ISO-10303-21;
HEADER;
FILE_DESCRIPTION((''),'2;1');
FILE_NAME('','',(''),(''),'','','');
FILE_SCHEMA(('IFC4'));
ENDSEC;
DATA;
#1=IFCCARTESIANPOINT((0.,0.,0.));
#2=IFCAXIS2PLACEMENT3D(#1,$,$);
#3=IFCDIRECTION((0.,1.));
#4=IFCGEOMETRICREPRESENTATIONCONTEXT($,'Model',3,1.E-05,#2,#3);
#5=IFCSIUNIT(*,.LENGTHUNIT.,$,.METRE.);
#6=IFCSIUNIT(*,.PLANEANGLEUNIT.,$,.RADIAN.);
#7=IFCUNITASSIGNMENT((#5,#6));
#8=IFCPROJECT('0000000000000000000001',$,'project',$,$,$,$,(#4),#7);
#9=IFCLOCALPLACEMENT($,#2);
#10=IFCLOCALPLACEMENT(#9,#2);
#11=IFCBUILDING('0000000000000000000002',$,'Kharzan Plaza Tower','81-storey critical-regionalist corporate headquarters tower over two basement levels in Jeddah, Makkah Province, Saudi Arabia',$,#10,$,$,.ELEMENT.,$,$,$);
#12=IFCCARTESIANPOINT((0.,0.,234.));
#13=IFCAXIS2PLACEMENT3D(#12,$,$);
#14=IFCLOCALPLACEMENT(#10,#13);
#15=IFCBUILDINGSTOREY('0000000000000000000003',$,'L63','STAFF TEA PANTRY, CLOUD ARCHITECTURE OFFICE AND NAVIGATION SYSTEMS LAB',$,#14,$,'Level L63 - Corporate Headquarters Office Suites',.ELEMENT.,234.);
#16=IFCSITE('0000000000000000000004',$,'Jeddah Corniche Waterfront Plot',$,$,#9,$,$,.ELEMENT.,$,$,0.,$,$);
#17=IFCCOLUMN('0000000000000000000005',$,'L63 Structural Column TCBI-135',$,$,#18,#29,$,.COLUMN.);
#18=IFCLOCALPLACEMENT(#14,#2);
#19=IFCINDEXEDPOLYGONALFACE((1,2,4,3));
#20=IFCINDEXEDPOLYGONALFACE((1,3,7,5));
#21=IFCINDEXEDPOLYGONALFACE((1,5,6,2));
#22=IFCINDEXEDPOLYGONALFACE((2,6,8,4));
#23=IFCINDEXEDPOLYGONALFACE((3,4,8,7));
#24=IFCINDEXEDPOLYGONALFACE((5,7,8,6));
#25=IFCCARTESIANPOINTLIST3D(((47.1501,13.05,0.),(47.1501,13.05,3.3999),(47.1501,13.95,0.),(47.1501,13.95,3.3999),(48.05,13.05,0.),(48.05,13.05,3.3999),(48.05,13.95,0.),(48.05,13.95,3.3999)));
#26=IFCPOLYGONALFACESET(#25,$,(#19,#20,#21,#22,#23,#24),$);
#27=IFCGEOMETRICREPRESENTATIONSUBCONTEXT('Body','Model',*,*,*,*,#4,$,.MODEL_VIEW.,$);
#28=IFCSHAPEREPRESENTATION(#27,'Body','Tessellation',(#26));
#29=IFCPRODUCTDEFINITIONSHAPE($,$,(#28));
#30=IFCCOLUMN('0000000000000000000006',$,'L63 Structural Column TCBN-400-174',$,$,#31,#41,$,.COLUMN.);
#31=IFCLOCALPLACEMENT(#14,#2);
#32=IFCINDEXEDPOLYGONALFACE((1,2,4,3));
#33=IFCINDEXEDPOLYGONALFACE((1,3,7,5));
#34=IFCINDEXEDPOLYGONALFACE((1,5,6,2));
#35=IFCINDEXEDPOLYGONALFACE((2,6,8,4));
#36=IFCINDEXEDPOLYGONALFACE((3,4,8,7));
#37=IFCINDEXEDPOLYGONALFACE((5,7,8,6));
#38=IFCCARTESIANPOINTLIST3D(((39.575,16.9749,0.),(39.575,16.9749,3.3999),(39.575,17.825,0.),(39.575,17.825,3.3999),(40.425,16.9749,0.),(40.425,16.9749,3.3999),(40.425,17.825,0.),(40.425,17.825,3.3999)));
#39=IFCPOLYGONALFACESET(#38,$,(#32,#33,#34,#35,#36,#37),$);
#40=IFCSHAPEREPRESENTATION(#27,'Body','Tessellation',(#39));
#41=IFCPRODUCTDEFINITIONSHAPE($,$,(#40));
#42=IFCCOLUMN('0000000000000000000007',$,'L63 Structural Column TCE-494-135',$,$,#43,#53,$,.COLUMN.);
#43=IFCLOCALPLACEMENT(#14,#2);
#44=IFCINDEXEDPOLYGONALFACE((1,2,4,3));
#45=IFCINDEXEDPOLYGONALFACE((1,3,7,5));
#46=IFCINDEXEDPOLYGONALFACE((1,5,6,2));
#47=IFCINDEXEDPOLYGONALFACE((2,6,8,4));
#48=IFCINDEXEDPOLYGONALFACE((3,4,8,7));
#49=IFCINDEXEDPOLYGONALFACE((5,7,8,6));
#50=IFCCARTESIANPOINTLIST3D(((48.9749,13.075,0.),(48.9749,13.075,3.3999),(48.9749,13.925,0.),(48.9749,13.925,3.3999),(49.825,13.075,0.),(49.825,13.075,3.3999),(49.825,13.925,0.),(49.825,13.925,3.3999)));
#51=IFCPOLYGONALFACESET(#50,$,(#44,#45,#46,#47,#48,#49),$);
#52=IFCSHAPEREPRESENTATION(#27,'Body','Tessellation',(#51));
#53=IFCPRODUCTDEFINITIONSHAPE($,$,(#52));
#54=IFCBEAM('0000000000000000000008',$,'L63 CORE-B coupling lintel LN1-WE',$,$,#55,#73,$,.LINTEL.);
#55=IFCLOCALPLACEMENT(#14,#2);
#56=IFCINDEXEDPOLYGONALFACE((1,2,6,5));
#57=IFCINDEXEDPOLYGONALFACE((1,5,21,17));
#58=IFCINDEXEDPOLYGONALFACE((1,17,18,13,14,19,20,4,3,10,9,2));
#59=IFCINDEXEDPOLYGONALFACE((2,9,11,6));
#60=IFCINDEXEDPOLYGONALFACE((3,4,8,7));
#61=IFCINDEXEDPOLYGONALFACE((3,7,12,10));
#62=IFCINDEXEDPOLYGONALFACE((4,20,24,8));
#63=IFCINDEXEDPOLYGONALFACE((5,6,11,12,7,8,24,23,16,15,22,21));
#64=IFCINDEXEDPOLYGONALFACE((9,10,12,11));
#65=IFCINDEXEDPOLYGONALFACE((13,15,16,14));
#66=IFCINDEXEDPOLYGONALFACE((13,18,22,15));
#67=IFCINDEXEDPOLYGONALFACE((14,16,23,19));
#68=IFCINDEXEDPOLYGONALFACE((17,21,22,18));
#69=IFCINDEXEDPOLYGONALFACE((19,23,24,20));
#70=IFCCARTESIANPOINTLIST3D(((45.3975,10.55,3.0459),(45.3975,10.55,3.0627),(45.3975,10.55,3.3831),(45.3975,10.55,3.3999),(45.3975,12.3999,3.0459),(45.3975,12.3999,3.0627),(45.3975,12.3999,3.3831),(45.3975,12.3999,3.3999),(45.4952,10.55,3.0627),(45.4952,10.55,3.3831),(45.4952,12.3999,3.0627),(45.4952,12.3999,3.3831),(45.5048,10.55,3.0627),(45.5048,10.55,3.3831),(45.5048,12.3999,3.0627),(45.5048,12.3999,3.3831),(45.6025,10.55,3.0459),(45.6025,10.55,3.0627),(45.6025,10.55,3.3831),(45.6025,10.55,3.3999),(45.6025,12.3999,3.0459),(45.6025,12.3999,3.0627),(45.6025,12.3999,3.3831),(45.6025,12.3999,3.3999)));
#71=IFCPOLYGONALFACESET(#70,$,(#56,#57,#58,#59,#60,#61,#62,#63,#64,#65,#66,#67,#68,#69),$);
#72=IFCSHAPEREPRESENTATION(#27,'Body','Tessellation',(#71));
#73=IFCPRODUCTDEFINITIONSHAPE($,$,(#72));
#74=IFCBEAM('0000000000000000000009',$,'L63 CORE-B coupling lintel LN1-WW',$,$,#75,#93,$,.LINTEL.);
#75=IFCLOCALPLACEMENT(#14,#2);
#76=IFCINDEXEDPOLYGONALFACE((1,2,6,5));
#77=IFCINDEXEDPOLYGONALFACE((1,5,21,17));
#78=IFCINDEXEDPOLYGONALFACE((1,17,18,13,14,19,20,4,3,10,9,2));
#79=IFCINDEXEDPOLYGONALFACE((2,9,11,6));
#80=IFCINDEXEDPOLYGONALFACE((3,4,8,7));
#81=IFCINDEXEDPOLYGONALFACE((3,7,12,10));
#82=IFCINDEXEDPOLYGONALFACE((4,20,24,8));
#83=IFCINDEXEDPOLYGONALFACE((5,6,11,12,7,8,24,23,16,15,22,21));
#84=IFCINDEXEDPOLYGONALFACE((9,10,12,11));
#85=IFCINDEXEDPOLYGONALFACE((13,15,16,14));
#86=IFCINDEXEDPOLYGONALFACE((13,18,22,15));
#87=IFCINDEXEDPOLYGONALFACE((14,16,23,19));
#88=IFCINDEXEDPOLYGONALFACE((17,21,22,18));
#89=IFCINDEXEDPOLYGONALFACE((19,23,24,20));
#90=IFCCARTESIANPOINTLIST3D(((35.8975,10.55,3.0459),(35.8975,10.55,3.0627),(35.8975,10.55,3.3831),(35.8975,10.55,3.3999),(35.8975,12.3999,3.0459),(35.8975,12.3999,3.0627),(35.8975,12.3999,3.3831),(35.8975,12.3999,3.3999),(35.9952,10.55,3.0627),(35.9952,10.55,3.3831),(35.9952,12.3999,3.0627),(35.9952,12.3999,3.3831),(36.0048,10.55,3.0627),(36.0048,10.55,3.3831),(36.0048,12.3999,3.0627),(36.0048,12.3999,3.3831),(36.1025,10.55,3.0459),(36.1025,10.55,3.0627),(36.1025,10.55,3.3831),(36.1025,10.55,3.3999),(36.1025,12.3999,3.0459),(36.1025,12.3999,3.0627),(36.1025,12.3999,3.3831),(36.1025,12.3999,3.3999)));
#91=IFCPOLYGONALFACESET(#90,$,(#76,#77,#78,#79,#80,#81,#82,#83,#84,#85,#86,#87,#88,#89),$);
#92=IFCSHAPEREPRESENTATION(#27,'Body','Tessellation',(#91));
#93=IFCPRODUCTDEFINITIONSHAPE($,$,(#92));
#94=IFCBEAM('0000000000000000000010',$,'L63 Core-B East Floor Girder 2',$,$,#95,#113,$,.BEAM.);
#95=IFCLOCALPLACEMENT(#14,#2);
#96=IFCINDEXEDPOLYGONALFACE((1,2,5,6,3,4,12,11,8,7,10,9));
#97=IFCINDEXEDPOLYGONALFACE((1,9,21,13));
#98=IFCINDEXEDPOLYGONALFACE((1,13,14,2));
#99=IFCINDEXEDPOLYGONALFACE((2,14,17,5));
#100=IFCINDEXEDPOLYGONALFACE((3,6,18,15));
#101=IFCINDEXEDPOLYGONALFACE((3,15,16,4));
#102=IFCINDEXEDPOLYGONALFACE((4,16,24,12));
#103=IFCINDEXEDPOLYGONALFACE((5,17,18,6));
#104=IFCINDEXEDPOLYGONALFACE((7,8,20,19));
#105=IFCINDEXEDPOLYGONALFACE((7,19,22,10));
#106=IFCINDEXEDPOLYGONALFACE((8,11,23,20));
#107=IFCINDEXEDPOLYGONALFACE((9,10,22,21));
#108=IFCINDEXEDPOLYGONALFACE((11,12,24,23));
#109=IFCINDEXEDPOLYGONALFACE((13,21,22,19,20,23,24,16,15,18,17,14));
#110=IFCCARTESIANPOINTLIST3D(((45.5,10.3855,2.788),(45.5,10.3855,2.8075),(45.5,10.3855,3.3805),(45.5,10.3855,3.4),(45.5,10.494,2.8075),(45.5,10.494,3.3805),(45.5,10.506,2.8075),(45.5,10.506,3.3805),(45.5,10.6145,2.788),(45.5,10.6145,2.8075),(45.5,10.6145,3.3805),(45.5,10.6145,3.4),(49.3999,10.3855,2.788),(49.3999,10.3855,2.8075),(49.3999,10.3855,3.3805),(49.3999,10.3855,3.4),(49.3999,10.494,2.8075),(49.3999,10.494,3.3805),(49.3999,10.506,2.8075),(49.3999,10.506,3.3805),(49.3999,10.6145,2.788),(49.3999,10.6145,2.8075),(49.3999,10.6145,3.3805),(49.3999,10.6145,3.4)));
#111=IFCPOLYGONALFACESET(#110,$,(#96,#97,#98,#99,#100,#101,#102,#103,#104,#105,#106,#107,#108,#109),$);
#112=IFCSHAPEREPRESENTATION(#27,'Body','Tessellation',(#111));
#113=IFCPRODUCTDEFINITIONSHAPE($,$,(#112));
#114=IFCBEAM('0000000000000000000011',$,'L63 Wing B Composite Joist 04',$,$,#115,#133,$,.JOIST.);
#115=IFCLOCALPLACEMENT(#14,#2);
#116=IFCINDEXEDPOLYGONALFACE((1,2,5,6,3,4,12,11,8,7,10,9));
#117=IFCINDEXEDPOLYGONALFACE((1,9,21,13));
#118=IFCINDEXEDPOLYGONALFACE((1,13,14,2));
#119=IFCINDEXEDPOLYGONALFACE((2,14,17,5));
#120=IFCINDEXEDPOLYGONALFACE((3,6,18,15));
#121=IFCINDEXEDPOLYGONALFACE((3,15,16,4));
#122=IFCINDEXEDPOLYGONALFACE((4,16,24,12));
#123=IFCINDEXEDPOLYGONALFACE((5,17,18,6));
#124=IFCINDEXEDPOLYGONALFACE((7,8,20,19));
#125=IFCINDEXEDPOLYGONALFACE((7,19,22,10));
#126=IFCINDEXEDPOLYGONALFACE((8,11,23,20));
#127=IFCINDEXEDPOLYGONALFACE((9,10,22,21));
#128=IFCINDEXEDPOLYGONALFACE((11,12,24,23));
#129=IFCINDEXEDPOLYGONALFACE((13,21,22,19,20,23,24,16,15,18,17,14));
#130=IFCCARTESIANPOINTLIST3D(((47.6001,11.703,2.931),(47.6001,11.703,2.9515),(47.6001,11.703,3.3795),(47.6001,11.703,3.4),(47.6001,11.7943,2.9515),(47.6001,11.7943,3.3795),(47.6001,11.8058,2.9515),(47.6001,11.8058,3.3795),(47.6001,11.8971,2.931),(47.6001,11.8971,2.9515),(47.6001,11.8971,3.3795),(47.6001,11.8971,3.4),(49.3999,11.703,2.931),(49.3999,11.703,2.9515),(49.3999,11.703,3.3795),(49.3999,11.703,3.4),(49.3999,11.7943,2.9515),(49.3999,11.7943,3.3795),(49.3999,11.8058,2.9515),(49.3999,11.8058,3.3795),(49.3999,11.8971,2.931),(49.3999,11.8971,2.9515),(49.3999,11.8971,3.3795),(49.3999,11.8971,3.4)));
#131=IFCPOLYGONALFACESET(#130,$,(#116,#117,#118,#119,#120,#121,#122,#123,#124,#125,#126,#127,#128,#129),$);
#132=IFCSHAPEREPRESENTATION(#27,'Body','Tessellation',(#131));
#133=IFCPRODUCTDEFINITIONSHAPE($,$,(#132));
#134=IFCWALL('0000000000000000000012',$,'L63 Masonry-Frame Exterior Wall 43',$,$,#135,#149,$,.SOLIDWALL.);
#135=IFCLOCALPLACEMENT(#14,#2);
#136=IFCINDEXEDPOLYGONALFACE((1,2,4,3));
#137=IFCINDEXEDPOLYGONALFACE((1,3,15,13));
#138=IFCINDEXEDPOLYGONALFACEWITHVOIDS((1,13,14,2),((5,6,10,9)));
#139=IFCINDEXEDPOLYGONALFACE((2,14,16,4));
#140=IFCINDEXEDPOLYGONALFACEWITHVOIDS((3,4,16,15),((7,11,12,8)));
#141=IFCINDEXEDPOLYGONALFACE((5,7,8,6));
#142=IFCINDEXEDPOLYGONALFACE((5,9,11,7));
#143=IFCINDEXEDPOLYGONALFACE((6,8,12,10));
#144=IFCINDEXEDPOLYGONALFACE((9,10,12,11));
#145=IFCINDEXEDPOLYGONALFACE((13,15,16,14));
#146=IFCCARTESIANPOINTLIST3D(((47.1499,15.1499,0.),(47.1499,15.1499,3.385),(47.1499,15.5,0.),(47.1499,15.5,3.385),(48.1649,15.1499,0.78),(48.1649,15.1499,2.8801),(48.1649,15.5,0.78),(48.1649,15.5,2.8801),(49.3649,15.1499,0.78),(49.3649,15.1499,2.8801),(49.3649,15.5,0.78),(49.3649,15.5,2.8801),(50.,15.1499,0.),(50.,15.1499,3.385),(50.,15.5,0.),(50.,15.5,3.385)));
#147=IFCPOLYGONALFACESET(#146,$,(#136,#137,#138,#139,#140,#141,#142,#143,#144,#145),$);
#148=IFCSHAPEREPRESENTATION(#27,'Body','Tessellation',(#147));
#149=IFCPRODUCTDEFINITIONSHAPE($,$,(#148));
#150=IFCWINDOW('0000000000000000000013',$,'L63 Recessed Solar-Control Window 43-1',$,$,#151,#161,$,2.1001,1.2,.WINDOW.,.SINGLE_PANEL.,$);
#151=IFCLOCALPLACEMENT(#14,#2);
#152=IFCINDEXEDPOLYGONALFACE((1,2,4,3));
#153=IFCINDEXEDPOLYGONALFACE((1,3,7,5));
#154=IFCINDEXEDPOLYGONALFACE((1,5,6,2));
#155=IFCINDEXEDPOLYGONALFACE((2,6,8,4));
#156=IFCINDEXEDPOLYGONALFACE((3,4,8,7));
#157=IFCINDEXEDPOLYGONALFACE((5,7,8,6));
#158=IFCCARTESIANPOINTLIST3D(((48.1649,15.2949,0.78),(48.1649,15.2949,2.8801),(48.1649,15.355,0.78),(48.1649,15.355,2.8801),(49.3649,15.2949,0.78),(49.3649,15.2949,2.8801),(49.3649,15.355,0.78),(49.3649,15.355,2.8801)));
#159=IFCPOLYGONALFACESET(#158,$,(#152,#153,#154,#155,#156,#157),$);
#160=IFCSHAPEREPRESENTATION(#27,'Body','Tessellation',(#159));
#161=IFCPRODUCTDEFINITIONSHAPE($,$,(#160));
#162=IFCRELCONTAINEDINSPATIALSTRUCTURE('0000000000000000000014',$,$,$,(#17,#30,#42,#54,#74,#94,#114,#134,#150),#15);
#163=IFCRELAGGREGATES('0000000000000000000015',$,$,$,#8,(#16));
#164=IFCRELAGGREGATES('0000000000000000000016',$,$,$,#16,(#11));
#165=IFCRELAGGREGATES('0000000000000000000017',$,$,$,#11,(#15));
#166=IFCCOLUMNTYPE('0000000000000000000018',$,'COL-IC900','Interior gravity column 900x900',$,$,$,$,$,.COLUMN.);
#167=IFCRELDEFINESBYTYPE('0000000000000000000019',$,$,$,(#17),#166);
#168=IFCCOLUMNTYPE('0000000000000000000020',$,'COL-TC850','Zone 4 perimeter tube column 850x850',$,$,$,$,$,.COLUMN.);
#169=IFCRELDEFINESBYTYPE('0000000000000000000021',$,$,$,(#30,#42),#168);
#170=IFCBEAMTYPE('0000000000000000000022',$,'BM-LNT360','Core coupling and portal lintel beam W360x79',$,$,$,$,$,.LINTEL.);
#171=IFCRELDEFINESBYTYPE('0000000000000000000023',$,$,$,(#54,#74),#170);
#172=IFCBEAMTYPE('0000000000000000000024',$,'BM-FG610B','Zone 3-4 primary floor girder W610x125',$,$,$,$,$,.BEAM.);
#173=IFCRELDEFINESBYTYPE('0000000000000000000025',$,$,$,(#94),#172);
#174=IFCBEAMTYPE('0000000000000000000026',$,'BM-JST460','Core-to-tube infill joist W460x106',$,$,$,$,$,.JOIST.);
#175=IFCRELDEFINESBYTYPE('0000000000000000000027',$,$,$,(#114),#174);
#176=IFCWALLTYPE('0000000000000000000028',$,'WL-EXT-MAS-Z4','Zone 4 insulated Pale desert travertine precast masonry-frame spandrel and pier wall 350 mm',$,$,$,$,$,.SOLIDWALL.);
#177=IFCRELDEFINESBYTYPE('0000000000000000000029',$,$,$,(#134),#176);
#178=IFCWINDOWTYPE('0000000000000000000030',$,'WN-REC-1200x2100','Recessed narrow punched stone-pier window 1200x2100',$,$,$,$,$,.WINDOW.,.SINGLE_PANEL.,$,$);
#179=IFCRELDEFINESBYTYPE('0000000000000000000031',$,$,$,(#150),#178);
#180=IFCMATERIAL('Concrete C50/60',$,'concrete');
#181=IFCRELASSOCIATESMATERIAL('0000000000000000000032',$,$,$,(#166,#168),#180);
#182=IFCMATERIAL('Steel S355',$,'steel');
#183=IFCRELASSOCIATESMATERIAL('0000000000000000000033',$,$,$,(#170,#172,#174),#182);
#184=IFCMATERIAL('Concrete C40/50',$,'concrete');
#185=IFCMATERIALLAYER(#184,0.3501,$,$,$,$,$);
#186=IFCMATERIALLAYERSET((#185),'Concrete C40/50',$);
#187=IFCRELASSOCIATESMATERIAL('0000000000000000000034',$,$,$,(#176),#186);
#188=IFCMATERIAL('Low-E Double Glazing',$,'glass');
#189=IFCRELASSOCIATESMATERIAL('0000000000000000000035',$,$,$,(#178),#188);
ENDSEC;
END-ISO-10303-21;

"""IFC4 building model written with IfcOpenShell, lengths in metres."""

from ifc_helpers import new_model, si_unit, direction, frame, frame_2d, origin, origin_2d, place, context, subcontext, project, spatial, rectangle, i_section, extrude, source, transform, mapped, material, layer, layer_set, material_profile, profile_set, type_object, element, fill, save


model = new_model("IFC4")

# Units and contexts
model_context = context("Model", 3, precision=1e-05, world=origin(), true_north=direction((0.0, 1.0)))
body_context = subcontext(model_context, "Body", "Model", "MODEL_VIEW")
ifc_project = project(units=[si_unit("LENGTHUNIT", "METRE"), si_unit("PLANEANGLEUNIT", "RADIAN")], contexts=[model_context])

# Site, building, storey
site_placement = place(None, origin())
site = spatial("IfcSite", under=ifc_project, at=site_placement, Name="Jeddah Corniche Waterfront Plot", CompositionType="ELEMENT", RefElevation=0.0)
building_placement = place(site_placement, origin())
building = spatial("IfcBuilding", under=site, at=building_placement, Name="Kharzan Plaza Tower", Description="81-storey critical-regionalist corporate headquarters tower over two basement levels in Jeddah, Makkah Province, Saudi Arabia", CompositionType="ELEMENT")
storey_placement = place(building_placement, frame((0.0, 0.0, 234.0)))
storey = spatial("IfcBuildingStorey", under=building, at=storey_placement, Name="L63", Description="STAFF TEA PANTRY, CLOUD ARCHITECTURE OFFICE AND NAVIGATION SYSTEMS LAB", LongName="Level L63 - Corporate Headquarters Office Suites", CompositionType="ELEMENT", Elevation=234.0)

# Columns
ifc_material_1 = material(Name="Concrete C50/60", Category="concrete")
ifc_material_profile_1 = material_profile(ifc_material_1, rectangle(XDim=0.8999, YDim=0.8999, at=origin_2d()), Name="RC-IC900x900")
ifc_profile_set_1 = profile_set([ifc_material_profile_1], Name="Concrete C50/60")
column_type_1 = type_object("IfcColumnType", Name="COL-IC900", Description="Interior gravity column 900x900", PredefinedType="COLUMN", material=ifc_profile_set_1)
shared_shape_1 = source(origin(), body_context, "Body", "SweptSolid", [
    extrude(rectangle(XDim=0.8999, YDim=0.8999, at=origin_2d()), origin(), (0.0, 0.0, 1.0), 3.3999),
])
column_placement = place(storey_placement, frame((47.6001, 13.5, 0.0), z_axis=(0.0, 0.0, 1.0), x_axis=(1.0, 0.0, 0.0)))
element("IfcColumn", 1, at=column_placement, inside=storey, type_object=column_type_1, Name="L63 Structural Column TCBI-135", PredefinedType="COLUMN", context=body_context, shape_type="MappedRepresentation", body=[
    mapped(shared_shape_1, transform((0.0, 0.0, 0.0), x_axis=(1.0, 0.0, 0.0), y_axis=(0.0, 1.0, 0.0), z_axis=(0.0, 0.0, 1.0))),
])
ifc_material_profile_2 = material_profile(ifc_material_1, rectangle(XDim=0.8501, YDim=0.8501, at=origin_2d()), Name="RC-TC850x850")
ifc_profile_set_2 = profile_set([ifc_material_profile_2], Name="Concrete C50/60")
column_type_2 = type_object("IfcColumnType", Name="COL-TC850", Description="Zone 4 perimeter tube column 850x850", PredefinedType="COLUMN", material=ifc_profile_set_2)
shared_shape_2 = source(origin(), body_context, "Body", "SweptSolid", [
    extrude(rectangle(XDim=0.8501, YDim=0.8501, at=origin_2d()), origin(), (0.0, 0.0, 1.0), 3.3999),
])
for number, where, z_axis, x_axis, name in (
    (2, (40.0, 17.3999, 0.0), (0.0, 0.0, 1.0), (1.0, 0.0, 0.0), "L63 Structural Column TCBN-400-174"),
    (3, (49.3999, 13.5, 0.0), (0.0, 0.0, 1.0), (1.0, 0.0, 0.0), "L63 Structural Column TCE-494-135"),
):
    element("IfcColumn", number, at=place(storey_placement, frame(where, z_axis=z_axis, x_axis=x_axis)), inside=storey, type_object=column_type_2, Name=name, PredefinedType="COLUMN", context=body_context, shape_type="MappedRepresentation", body=[
        mapped(shared_shape_2, transform((0.0, 0.0, 0.0), x_axis=(1.0, 0.0, 0.0), y_axis=(0.0, 1.0, 0.0), z_axis=(0.0, 0.0, 1.0))),
    ])

# Beams
ifc_material_2 = material(Name="Steel S355", Category="steel")
ifc_material_profile_3 = material_profile(ifc_material_2, i_section(OverallWidth=0.2051, OverallDepth=0.354, WebThickness=0.0095, FlangeThickness=0.0168, at=origin_2d()), Name="W360x79")
ifc_profile_set_3 = profile_set([ifc_material_profile_3], Name="Steel S355")
beam_type_1 = type_object("IfcBeamType", Name="BM-LNT360", Description="Core coupling and portal lintel beam W360x79", PredefinedType="LINTEL", material=ifc_profile_set_3)
shared_shape_3 = source(origin(), body_context, "Body", "SweptSolid", [
    extrude(i_section(OverallWidth=0.2051, OverallDepth=0.354, WebThickness=0.0095, FlangeThickness=0.0168, at=origin_2d()), origin(), (0.0, 0.0, 1.0), 1.8499),
])
for number, where, z_axis, x_axis, name in (
    (4, (45.5, 10.55, 3.2229), (0.0, 1.0, 0.0), (-1.0, 0.0, 0.0), "L63 CORE-B coupling lintel LN1-WE"),
    (5, (36.0, 10.55, 3.2229), (0.0, 1.0, 0.0), (-1.0, 0.0, 0.0), "L63 CORE-B coupling lintel LN1-WW"),
):
    element("IfcBeam", number, at=place(storey_placement, frame(where, z_axis=z_axis, x_axis=x_axis)), inside=storey, type_object=beam_type_1, Name=name, PredefinedType="LINTEL", context=body_context, shape_type="MappedRepresentation", body=[
        mapped(shared_shape_3, transform((0.0, 0.0, 0.0), x_axis=(1.0, 0.0, 0.0), y_axis=(0.0, 1.0, 0.0), z_axis=(0.0, 0.0, 1.0))),
    ])
ifc_material_profile_4 = material_profile(ifc_material_2, i_section(OverallWidth=0.229, OverallDepth=0.6121, WebThickness=0.012, FlangeThickness=0.0195, at=origin_2d()), Name="W610x125")
ifc_profile_set_4 = profile_set([ifc_material_profile_4], Name="Steel S355")
beam_type_2 = type_object("IfcBeamType", Name="BM-FG610B", Description="Zone 3-4 primary floor girder W610x125", PredefinedType="BEAM", material=ifc_profile_set_4)
shared_shape_4 = source(origin(), body_context, "Body", "SweptSolid", [
    extrude(i_section(OverallWidth=0.229, OverallDepth=0.6121, WebThickness=0.012, FlangeThickness=0.0195, at=origin_2d()), origin(), (0.0, 0.0, 1.0), 3.8999),
])
beam_1_placement = place(storey_placement, frame((45.5, 10.5, 3.094), z_axis=(1.0, 0.0, 0.0), x_axis=(0.0, 1.0, 0.0)))
element("IfcBeam", 6, at=beam_1_placement, inside=storey, type_object=beam_type_2, Name="L63 Core-B East Floor Girder 2", PredefinedType="BEAM", context=body_context, shape_type="MappedRepresentation", body=[
    mapped(shared_shape_4, transform((0.0, 0.0, 0.0), x_axis=(1.0, 0.0, 0.0), y_axis=(0.0, 1.0, 0.0), z_axis=(0.0, 0.0, 1.0))),
])
ifc_material_profile_5 = material_profile(ifc_material_2, i_section(OverallWidth=0.1941, OverallDepth=0.469, WebThickness=0.0115, FlangeThickness=0.0205, at=origin_2d()), Name="W460x106")
ifc_profile_set_5 = profile_set([ifc_material_profile_5], Name="Steel S355")
beam_type_3 = type_object("IfcBeamType", Name="BM-JST460", Description="Core-to-tube infill joist W460x106", PredefinedType="JOIST", material=ifc_profile_set_5)
shared_shape_5 = source(origin(), body_context, "Body", "SweptSolid", [
    extrude(i_section(OverallWidth=0.1941, OverallDepth=0.469, WebThickness=0.0115, FlangeThickness=0.0205, at=origin_2d()), origin(), (0.0, 0.0, 1.0), 1.7998),
])
beam_2_placement = place(storey_placement, frame((47.6001, 11.8, 3.1655), z_axis=(1.0, 0.0, 0.0), x_axis=(0.0, 1.0, 0.0)))
element("IfcBeam", 7, at=beam_2_placement, inside=storey, type_object=beam_type_3, Name="L63 Wing B Composite Joist 04", PredefinedType="JOIST", context=body_context, shape_type="MappedRepresentation", body=[
    mapped(shared_shape_5, transform((0.0, 0.0, 0.0), x_axis=(1.0, 0.0, 0.0), y_axis=(0.0, 1.0, 0.0), z_axis=(0.0, 0.0, 1.0))),
])

# Wall, opening, window
ifc_material_3 = material(Name="Concrete C40/50", Category="concrete")
ifc_layer_1 = layer(ifc_material_3, 0.3501)
ifc_layer_set_1 = layer_set([ifc_layer_1], Name="Concrete C40/50")
wall_type_1 = type_object("IfcWallType", Name="WL-EXT-MAS-Z4", Description="Zone 4 insulated Pale desert travertine precast masonry-frame spandrel and pier wall 350 mm", PredefinedType="SOLIDWALL", material=ifc_layer_set_1)
wall_1_placement = place(storey_placement, frame((50.0, 15.325, 0.0), z_axis=(0.0, 0.0, 1.0), x_axis=(-1.0, 0.0, 0.0)))
wall_1 = element("IfcWall", 8, at=wall_1_placement, inside=storey, type_object=wall_type_1, Name="L63 Masonry-Frame Exterior Wall 43", PredefinedType="SOLIDWALL", context=body_context, shape_type="SweptSolid", body=[
    extrude(rectangle(XDim=2.8501, YDim=0.3501, at=frame_2d((1.425, 0.0))), origin(), (0.0, 0.0, 1.0), 3.385),
])
opening_1_placement = place(wall_1_placement, frame((0.635, 0.0, 0.78)))
opening_1 = element("IfcOpeningElement", 9, at=opening_1_placement, cuts=wall_1, PredefinedType="OPENING", context=body_context, shape_type="SweptSolid", body=[
    extrude(rectangle(XDim=1.2, YDim=2.1001, at=frame_2d((0.6001, 1.05))), frame((0.0, 0.1851, 0.0), z_axis=(0.0, -1.0, 0.0), x_axis=(1.0, 0.0, 0.0)), (0.0, 0.0, 1.0), 0.3701),
])
ifc_material_4 = material(Name="Low-E Double Glazing", Category="glass")
window_type_1 = type_object("IfcWindowType", Name="WN-REC-1200x2100", Description="Recessed narrow punched stone-pier window 1200x2100", PartitioningType="SINGLE_PANEL", PredefinedType="WINDOW", material=ifc_material_4)
shared_shape_6 = source(origin(), body_context, "Body", "SweptSolid", [
    extrude(rectangle(XDim=1.2, YDim=2.1001, at=frame_2d((0.6001, 1.05))), frame((0.0, 0.03, 0.0), z_axis=(0.0, -1.0, 0.0), x_axis=(1.0, 0.0, 0.0)), (0.0, 0.0, 1.0), 0.0601),
])
window_1_placement = place(opening_1_placement, origin())
window_1 = element("IfcWindow", 10, at=window_1_placement, inside=storey, type_object=window_type_1, Name="L63 Recessed Solar-Control Window 43-1", OverallHeight=2.1001, OverallWidth=1.2, PartitioningType="SINGLE_PANEL", PredefinedType="WINDOW", context=body_context, shape_type="MappedRepresentation", body=[
    mapped(shared_shape_6, transform((0.0, 0.0, 0.0), x_axis=(1.0, 0.0, 0.0), y_axis=(0.0, 1.0, 0.0), z_axis=(0.0, 0.0, 1.0))),
])
fill(opening_1, window_1)

save(model, "model.ifc")
